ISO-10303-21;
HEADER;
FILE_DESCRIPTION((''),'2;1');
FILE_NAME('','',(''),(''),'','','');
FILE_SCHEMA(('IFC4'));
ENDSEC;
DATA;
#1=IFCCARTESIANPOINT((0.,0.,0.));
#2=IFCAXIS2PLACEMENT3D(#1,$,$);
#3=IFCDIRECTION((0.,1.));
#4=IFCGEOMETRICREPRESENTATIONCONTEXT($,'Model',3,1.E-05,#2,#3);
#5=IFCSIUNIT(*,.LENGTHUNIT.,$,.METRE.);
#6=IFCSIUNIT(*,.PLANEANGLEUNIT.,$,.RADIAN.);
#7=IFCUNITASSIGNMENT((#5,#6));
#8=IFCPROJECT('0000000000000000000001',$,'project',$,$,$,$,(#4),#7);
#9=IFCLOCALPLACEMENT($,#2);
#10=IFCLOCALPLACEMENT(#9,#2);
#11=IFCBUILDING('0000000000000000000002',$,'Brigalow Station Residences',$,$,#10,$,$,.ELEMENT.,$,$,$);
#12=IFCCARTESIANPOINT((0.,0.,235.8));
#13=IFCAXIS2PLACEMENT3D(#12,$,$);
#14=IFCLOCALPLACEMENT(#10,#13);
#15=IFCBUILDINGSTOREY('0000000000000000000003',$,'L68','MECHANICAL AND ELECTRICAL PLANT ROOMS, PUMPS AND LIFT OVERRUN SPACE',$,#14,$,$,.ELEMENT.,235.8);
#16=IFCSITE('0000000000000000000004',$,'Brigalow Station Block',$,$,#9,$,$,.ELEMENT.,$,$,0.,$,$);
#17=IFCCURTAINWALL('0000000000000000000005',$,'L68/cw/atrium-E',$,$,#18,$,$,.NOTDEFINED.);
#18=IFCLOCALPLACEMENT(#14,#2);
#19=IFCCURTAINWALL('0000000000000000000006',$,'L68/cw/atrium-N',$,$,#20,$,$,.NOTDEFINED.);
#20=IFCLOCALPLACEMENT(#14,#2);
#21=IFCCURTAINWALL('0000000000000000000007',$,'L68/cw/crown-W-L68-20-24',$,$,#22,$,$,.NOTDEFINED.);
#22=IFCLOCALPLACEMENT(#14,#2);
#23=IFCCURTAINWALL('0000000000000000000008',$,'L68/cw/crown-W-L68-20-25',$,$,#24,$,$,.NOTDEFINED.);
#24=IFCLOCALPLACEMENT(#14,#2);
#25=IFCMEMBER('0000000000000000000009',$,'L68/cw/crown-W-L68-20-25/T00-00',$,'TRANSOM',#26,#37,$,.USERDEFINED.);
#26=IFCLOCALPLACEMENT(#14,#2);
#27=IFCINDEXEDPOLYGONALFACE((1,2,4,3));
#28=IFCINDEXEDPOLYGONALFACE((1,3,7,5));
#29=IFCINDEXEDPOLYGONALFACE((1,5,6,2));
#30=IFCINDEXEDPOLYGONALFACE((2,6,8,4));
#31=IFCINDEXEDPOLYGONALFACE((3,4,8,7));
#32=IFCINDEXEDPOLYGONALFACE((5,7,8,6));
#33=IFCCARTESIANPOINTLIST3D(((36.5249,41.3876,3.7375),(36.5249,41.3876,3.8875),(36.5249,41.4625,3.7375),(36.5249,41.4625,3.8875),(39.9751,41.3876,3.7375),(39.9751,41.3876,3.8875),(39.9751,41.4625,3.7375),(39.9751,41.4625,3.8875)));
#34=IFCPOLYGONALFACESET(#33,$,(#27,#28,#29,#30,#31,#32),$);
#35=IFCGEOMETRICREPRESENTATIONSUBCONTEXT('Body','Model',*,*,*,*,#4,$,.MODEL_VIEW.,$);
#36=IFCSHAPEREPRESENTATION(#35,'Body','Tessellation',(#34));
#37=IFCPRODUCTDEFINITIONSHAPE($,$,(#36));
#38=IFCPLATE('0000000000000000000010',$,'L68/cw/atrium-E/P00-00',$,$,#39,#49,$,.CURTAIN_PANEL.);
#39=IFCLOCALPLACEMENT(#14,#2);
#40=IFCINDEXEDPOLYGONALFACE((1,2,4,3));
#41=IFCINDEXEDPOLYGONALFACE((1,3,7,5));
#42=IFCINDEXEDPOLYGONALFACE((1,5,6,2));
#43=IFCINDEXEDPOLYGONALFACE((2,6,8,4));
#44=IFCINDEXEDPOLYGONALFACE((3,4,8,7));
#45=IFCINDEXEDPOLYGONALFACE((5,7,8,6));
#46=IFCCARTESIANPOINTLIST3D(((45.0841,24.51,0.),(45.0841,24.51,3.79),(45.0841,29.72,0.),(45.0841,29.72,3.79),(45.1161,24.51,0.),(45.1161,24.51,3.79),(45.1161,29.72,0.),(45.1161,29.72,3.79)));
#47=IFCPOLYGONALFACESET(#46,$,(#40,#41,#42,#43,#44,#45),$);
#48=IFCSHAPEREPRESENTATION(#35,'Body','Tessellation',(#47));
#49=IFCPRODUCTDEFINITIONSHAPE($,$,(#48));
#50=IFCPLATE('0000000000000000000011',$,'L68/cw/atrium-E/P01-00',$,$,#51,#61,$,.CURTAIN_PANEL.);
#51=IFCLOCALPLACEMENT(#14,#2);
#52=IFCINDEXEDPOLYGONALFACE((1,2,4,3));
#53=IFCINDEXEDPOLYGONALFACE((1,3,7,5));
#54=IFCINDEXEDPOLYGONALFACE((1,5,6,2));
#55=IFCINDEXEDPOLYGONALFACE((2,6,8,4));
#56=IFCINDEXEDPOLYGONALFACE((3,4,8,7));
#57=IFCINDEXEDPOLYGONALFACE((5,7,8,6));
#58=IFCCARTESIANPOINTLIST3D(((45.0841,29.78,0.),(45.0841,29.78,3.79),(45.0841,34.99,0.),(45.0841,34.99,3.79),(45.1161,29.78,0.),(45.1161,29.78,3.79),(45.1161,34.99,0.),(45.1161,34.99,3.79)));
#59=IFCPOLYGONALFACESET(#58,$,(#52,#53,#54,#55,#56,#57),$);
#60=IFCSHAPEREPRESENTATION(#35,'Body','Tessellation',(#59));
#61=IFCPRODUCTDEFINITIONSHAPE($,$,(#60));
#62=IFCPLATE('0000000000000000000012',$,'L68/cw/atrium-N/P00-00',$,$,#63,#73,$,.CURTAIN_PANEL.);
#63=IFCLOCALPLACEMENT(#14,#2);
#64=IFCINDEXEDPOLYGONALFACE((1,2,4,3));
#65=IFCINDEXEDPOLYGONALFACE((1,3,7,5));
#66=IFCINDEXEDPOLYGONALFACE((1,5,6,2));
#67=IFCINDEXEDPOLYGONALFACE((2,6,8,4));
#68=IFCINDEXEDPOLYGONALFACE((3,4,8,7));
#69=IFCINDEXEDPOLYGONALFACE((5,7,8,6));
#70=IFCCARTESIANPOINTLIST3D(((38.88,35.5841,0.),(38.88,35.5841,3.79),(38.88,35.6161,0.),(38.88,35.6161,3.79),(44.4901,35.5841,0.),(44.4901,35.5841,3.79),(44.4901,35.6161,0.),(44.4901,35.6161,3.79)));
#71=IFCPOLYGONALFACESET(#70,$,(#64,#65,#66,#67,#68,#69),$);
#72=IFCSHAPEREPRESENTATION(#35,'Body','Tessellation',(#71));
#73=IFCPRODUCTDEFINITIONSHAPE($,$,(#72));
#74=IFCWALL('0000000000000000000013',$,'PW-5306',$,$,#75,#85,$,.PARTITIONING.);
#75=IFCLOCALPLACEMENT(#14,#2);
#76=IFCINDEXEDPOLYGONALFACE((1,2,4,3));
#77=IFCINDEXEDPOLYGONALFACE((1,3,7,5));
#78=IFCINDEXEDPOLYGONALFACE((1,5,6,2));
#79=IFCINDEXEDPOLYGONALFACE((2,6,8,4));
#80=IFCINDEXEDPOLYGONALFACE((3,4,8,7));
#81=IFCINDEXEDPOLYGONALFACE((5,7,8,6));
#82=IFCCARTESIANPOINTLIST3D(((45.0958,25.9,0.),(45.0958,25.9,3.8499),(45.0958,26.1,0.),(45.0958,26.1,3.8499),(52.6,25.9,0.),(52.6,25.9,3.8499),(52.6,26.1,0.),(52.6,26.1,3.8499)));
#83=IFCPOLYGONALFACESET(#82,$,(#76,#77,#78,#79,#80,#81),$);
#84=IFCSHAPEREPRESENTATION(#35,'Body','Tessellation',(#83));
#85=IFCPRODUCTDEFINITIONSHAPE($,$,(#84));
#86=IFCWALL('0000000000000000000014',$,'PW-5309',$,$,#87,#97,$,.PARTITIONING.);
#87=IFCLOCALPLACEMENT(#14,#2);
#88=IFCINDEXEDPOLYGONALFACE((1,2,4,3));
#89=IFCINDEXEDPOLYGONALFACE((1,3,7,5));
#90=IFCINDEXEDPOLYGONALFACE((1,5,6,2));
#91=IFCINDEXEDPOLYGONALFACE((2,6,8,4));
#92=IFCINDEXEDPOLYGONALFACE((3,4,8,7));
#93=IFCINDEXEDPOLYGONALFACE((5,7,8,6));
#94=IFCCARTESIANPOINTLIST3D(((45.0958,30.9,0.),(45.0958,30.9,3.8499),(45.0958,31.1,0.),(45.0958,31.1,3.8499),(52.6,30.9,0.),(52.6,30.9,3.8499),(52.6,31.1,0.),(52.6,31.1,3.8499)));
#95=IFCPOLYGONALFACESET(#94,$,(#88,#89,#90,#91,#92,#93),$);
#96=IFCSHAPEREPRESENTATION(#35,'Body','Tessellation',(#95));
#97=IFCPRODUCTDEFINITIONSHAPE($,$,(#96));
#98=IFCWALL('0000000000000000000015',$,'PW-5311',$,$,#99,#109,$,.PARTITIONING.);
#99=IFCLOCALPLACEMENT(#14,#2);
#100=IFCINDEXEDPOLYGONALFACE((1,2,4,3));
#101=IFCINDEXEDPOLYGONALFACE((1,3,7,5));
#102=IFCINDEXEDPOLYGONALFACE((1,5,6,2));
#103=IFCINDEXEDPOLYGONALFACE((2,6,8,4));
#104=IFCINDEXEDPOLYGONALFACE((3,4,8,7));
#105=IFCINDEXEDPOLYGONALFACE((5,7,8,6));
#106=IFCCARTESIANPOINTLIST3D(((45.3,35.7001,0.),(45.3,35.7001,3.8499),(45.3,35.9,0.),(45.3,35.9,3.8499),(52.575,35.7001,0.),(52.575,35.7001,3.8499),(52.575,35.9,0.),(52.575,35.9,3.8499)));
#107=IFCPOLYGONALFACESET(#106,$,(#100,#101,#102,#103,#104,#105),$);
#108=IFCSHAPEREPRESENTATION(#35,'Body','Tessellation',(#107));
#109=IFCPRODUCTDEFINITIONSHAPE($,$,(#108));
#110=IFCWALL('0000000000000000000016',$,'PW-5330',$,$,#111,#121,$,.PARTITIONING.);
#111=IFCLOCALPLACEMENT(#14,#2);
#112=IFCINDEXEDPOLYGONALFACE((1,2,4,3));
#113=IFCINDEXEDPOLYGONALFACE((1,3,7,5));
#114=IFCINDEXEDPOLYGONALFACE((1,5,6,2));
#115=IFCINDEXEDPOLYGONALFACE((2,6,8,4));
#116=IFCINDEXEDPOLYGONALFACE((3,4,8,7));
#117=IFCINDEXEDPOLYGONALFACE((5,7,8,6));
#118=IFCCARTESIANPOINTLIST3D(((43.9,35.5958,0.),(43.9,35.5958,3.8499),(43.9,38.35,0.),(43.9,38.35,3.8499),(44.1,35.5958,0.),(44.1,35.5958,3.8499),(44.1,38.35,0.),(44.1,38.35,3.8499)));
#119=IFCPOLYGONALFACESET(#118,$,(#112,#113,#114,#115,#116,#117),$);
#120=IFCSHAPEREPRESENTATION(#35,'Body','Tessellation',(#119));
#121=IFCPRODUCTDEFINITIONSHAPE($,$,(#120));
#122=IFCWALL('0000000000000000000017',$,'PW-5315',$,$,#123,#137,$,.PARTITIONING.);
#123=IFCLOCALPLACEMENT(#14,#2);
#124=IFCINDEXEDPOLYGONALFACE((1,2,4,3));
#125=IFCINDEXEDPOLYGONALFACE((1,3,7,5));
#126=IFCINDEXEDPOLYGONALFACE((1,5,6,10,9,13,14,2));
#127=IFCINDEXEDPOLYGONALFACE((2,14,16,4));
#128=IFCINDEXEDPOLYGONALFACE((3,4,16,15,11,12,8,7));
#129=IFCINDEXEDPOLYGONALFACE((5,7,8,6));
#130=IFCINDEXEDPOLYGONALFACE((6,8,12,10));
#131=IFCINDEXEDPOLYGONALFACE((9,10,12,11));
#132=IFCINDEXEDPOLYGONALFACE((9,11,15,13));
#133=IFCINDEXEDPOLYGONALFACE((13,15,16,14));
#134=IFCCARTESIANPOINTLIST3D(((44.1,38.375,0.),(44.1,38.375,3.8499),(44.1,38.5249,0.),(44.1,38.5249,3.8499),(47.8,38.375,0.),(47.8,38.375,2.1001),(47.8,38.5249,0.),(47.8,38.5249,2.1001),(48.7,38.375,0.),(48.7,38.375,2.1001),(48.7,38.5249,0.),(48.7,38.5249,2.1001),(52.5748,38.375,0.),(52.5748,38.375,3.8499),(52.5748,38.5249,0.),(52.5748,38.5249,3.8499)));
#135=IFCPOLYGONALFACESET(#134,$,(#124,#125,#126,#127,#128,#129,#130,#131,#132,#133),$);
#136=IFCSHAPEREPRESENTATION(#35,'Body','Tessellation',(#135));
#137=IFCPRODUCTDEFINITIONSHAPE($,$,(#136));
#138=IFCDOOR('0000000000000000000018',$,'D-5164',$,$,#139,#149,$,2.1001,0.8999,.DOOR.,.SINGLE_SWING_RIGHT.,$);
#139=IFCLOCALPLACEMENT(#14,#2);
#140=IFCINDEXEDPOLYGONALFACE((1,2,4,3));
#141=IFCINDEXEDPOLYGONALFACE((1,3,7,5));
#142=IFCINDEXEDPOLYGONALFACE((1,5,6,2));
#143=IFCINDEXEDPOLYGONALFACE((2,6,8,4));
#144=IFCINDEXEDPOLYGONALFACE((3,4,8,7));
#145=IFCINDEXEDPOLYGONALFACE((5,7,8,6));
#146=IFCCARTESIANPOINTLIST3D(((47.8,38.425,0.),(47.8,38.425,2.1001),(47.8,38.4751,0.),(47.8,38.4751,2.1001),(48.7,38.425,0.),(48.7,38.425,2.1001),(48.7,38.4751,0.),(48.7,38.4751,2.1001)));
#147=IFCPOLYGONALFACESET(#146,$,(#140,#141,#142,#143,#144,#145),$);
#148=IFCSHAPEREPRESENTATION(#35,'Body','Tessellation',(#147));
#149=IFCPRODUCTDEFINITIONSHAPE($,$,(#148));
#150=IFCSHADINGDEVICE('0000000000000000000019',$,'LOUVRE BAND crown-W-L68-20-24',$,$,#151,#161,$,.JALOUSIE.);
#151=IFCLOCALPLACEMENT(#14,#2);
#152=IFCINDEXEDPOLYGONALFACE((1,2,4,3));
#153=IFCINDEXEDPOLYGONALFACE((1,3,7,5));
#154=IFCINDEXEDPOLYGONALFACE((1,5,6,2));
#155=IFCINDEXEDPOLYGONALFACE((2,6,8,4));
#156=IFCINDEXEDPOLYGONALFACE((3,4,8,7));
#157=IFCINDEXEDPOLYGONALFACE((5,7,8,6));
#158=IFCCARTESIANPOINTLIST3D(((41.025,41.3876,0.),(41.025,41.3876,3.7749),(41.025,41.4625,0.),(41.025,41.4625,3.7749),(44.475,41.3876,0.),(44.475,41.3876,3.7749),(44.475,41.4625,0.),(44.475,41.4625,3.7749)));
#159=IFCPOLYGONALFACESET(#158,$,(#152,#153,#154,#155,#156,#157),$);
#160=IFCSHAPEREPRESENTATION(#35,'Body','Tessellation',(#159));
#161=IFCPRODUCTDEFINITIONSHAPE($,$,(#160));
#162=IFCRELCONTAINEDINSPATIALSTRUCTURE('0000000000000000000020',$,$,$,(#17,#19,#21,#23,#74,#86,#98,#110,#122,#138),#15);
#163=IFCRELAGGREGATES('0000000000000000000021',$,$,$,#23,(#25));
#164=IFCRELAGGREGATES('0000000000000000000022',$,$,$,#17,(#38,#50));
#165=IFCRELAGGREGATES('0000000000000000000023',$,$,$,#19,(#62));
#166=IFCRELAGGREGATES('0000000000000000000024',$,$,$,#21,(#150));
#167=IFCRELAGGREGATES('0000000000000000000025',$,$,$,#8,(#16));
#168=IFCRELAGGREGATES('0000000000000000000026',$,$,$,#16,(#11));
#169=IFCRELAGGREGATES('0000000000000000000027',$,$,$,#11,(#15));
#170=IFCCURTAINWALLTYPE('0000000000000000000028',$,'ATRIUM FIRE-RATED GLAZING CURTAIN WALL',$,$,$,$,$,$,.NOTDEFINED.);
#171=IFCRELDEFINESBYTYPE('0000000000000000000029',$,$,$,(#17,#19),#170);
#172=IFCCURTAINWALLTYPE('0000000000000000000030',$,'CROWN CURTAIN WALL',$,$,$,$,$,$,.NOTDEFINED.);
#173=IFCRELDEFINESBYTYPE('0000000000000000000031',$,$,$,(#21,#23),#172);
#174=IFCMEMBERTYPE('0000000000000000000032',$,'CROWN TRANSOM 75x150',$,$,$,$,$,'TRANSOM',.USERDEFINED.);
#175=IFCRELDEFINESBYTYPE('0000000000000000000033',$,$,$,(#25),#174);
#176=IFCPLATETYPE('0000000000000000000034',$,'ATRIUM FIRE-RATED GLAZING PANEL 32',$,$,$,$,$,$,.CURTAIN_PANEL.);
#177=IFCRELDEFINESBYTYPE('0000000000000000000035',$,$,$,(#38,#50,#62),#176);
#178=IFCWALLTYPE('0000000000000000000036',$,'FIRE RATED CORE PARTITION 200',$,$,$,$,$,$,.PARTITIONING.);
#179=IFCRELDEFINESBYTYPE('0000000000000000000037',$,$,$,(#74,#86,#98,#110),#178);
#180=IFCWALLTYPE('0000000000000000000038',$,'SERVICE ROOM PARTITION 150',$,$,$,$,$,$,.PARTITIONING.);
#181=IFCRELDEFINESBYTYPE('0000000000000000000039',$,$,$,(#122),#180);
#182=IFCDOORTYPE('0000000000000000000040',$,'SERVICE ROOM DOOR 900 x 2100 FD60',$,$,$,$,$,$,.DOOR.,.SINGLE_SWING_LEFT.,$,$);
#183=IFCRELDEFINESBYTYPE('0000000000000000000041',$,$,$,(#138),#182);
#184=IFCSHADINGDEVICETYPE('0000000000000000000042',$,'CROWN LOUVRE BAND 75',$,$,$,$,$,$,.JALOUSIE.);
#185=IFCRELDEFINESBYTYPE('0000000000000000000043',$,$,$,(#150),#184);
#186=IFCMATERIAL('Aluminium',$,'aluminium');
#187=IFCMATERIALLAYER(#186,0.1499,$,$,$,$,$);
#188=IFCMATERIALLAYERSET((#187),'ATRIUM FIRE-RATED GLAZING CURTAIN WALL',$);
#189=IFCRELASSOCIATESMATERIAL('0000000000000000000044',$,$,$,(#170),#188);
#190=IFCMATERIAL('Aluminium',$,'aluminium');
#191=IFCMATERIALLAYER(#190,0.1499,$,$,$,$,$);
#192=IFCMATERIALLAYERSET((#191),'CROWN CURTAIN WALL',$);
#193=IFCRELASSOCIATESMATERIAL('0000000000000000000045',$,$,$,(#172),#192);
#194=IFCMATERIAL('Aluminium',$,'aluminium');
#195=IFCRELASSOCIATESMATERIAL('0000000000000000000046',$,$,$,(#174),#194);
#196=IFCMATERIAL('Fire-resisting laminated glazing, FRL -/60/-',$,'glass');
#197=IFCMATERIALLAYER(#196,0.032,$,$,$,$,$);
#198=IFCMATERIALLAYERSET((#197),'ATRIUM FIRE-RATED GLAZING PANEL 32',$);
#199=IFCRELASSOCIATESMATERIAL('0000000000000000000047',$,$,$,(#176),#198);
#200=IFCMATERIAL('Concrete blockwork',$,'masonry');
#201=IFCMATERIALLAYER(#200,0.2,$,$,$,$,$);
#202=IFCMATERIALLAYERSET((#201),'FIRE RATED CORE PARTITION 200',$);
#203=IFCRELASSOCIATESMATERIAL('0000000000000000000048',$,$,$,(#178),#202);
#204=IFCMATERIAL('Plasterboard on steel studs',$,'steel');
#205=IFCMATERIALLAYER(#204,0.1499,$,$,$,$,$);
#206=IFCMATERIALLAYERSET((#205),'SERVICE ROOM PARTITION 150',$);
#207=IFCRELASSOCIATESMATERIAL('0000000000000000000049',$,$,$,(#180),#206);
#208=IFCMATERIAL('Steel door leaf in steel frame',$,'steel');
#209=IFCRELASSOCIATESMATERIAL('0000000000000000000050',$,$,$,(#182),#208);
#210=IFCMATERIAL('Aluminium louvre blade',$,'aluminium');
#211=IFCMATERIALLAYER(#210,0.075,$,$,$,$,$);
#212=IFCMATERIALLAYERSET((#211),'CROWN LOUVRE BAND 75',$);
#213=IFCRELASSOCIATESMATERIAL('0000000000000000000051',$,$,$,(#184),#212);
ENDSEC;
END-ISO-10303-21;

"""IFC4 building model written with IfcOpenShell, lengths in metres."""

from ifc_helpers import new_model, si_unit, direction, frame, frame_2d, origin, origin_2d, place, context, subcontext, project, spatial, rectangle, extrude, material, layer, layer_set, material_profile, profile_set, type_object, element, fill, aggregate, save


model = new_model("IFC4")

# Units and contexts
model_context = context("Model", 3, precision=1e-05, world=origin(), true_north=direction((0.0, 1.0)))
body_context = subcontext(model_context, "Body", "Model", "MODEL_VIEW")
ifc_project = project(units=[si_unit("LENGTHUNIT", "METRE"), si_unit("PLANEANGLEUNIT", "RADIAN")], contexts=[model_context])

# Site, building, storey
site_placement = place(None, origin())
site = spatial("IfcSite", under=ifc_project, at=site_placement, Name="Brigalow Station Block", CompositionType="ELEMENT", RefElevation=0.0)
building_placement = place(site_placement, origin())
building = spatial("IfcBuilding", under=site, at=building_placement, Name="Brigalow Station Residences", CompositionType="ELEMENT")
storey_placement = place(building_placement, frame((0.0, 0.0, 235.8)))
storey = spatial("IfcBuildingStorey", under=building, at=storey_placement, Name="L68", Description="MECHANICAL AND ELECTRICAL PLANT ROOMS, PUMPS AND LIFT OVERRUN SPACE", CompositionType="ELEMENT", Elevation=235.8)

# Curtain walls
ifc_material_1 = material(Name="Aluminium", Category="aluminium")
ifc_layer_1 = layer(ifc_material_1, 0.1499)
ifc_layer_set_1 = layer_set([ifc_layer_1], Name="ATRIUM FIRE-RATED GLAZING CURTAIN WALL")
curtain_wall_type_1 = type_object("IfcCurtainWallType", Name="ATRIUM FIRE-RATED GLAZING CURTAIN WALL", PredefinedType="NOTDEFINED", material=ifc_layer_set_1)
curtain_wall_1_placement = place(storey_placement, origin())
curtain_wall_1 = element("IfcCurtainWall", 1, at=curtain_wall_1_placement, inside=storey, type_object=curtain_wall_type_1, Name="L68/cw/atrium-E", PredefinedType="NOTDEFINED")
curtain_wall_2_placement = place(storey_placement, origin())
curtain_wall_2 = element("IfcCurtainWall", 2, at=curtain_wall_2_placement, inside=storey, type_object=curtain_wall_type_1, Name="L68/cw/atrium-N", PredefinedType="NOTDEFINED")

# Curtain wall
ifc_material_2 = material(Name="Aluminium", Category="aluminium")
ifc_layer_2 = layer(ifc_material_2, 0.1499)
ifc_layer_set_2 = layer_set([ifc_layer_2], Name="CROWN CURTAIN WALL")
curtain_wall_type_2 = type_object("IfcCurtainWallType", Name="CROWN CURTAIN WALL", PredefinedType="NOTDEFINED", material=ifc_layer_set_2)
curtain_wall_3_placement = place(storey_placement, origin())
curtain_wall_3 = element("IfcCurtainWall", 3, at=curtain_wall_3_placement, inside=storey, type_object=curtain_wall_type_2, Name="L68/cw/crown-W-L68-20-24", PredefinedType="NOTDEFINED")

# Curtain wall
curtain_wall_4_placement = place(storey_placement, origin())
curtain_wall_4 = element("IfcCurtainWall", 4, at=curtain_wall_4_placement, inside=storey, type_object=curtain_wall_type_2, Name="L68/cw/crown-W-L68-20-25", PredefinedType="NOTDEFINED")

# Member
ifc_material_3 = material(Name="Aluminium", Category="aluminium")
ifc_material_profile_1 = material_profile(ifc_material_3, rectangle(XDim=0.075, YDim=0.1499, at=origin_2d()), Name="CROWN TRANSOM 75x150")
ifc_profile_set_1 = profile_set([ifc_material_profile_1], Name="Aluminium")
member_type_1 = type_object("IfcMemberType", Name="CROWN TRANSOM 75x150", ElementType="TRANSOM", PredefinedType="USERDEFINED", material=ifc_profile_set_1)
member_1_placement = place(storey_placement, frame((39.9751, 41.425, 3.8125), z_axis=(-1.0, 0.0, 0.0), x_axis=(0.0, -1.0, 0.0)))
member_1 = element("IfcMember", 5, at=member_1_placement, type_object=member_type_1, Name="L68/cw/crown-W-L68-20-25/T00-00", ObjectType="TRANSOM", PredefinedType="USERDEFINED", context=body_context, shape_type="SweptSolid", body=[
    extrude(rectangle(XDim=0.075, YDim=0.1499, at=origin_2d()), origin(), (0.0, 0.0, 1.0), 3.4502),
])
aggregate(curtain_wall_4, [member_1])

# Plates
ifc_material_4 = material(Name="Fire-resisting laminated glazing, FRL -/60/-", Category="glass")
ifc_layer_3 = layer(ifc_material_4, 0.032)
ifc_layer_set_3 = layer_set([ifc_layer_3], Name="ATRIUM FIRE-RATED GLAZING PANEL 32")
plate_type = type_object("IfcPlateType", Name="ATRIUM FIRE-RATED GLAZING PANEL 32", PredefinedType="CURTAIN_PANEL", material=ifc_layer_set_3)
plate_1_placement = place(storey_placement, frame((45.1001, 27.115, 0.0), z_axis=(0.0, 0.0, 1.0), x_axis=(0.0, 1.0, 0.0)))
plate_1 = element("IfcPlate", 6, at=plate_1_placement, type_object=plate_type, Name="L68/cw/atrium-E/P00-00", PredefinedType="CURTAIN_PANEL", context=body_context, shape_type="SweptSolid", body=[
    extrude(rectangle(XDim=5.21, YDim=0.032, at=origin_2d()), origin(), (0.0, 0.0, 1.0), 3.79),
])
plate_2_placement = place(storey_placement, frame((45.1001, 32.385, 0.0), z_axis=(0.0, 0.0, 1.0), x_axis=(0.0, 1.0, 0.0)))
plate_2 = element("IfcPlate", 7, at=plate_2_placement, type_object=plate_type, Name="L68/cw/atrium-E/P01-00", PredefinedType="CURTAIN_PANEL", context=body_context, shape_type="SweptSolid", body=[
    extrude(rectangle(XDim=5.21, YDim=0.032, at=origin_2d()), origin(), (0.0, 0.0, 1.0), 3.79),
])
aggregate(curtain_wall_1, [plate_1, plate_2])
plate_3_placement = place(storey_placement, frame((41.6851, 35.6001, 0.0), z_axis=(0.0, 0.0, 1.0), x_axis=(-1.0, 0.0, 0.0)))
plate_3 = element("IfcPlate", 8, at=plate_3_placement, type_object=plate_type, Name="L68/cw/atrium-N/P00-00", PredefinedType="CURTAIN_PANEL", context=body_context, shape_type="SweptSolid", body=[
    extrude(rectangle(XDim=5.6101, YDim=0.032, at=origin_2d()), origin(), (0.0, 0.0, 1.0), 3.79),
])
aggregate(curtain_wall_2, [plate_3])

# Walls
ifc_material_5 = material(Name="Concrete blockwork", Category="masonry")
ifc_layer_4 = layer(ifc_material_5, 0.2)
ifc_layer_set_4 = layer_set([ifc_layer_4], Name="FIRE RATED CORE PARTITION 200")
wall_type_1 = type_object("IfcWallType", Name="FIRE RATED CORE PARTITION 200", PredefinedType="PARTITIONING", material=ifc_layer_set_4)
for number, where, z_axis, x_axis, name in (
    (9, (45.0959, 26.0, 0.0), (0.0, 0.0, 1.0), (1.0, 0.0, 0.0), "PW-5306"),
    (10, (45.0959, 31.0, 0.0), (0.0, 0.0, 1.0), (1.0, 0.0, 0.0), "PW-5309"),
):
    element("IfcWall", number, at=place(storey_placement, frame(where, z_axis=z_axis, x_axis=x_axis)), inside=storey, type_object=wall_type_1, Name=name, PredefinedType="PARTITIONING", context=body_context, shape_type="SweptSolid", body=[
        extrude(rectangle(XDim=7.5042, YDim=0.2, at=frame_2d((3.752, 0.0))), origin(), (0.0, 0.0, 1.0), 3.8499),
    ])
wall_1_placement = place(storey_placement, frame((45.3, 35.8, 0.0), z_axis=(0.0, 0.0, 1.0), x_axis=(1.0, 0.0, 0.0)))
element("IfcWall", 11, at=wall_1_placement, inside=storey, type_object=wall_type_1, Name="PW-5311", PredefinedType="PARTITIONING", context=body_context, shape_type="SweptSolid", body=[
    extrude(rectangle(XDim=7.2749, YDim=0.2, at=frame_2d((3.6375, 0.0))), origin(), (0.0, 0.0, 1.0), 3.8499),
])
wall_2_placement = place(storey_placement, frame((44.0, 35.5959, 0.0), z_axis=(0.0, 0.0, 1.0), x_axis=(0.0, 1.0, 0.0)))
element("IfcWall", 12, at=wall_2_placement, inside=storey, type_object=wall_type_1, Name="PW-5330", PredefinedType="PARTITIONING", context=body_context, shape_type="SweptSolid", body=[
    extrude(rectangle(XDim=2.7542, YDim=0.2, at=frame_2d((1.377, 0.0))), origin(), (0.0, 0.0, 1.0), 3.8499),
])

# Wall, opening, door
ifc_material_6 = material(Name="Plasterboard on steel studs", Category="steel")
ifc_layer_5 = layer(ifc_material_6, 0.1499)
ifc_layer_set_5 = layer_set([ifc_layer_5], Name="SERVICE ROOM PARTITION 150")
wall_type_2 = type_object("IfcWallType", Name="SERVICE ROOM PARTITION 150", PredefinedType="PARTITIONING", material=ifc_layer_set_5)
wall_3_placement = place(storey_placement, frame((44.1001, 38.45, 0.0), z_axis=(0.0, 0.0, 1.0), x_axis=(1.0, 0.0, 0.0)))
wall_3 = element("IfcWall", 13, at=wall_3_placement, inside=storey, type_object=wall_type_2, Name="PW-5315", PredefinedType="PARTITIONING", context=body_context, shape_type="SweptSolid", body=[
    extrude(rectangle(XDim=8.4749, YDim=0.1499, at=frame_2d((4.2373, 0.0))), origin(), (0.0, 0.0, 1.0), 3.8499),
])
opening_placement = place(wall_3_placement, frame((3.7, 0.0, 0.0)))
opening = element("IfcOpeningElement", 14, at=opening_placement, cuts=wall_3, PredefinedType="OPENING", context=body_context, shape_type="SweptSolid", body=[
    extrude(rectangle(XDim=0.8999, YDim=2.1001, at=frame_2d((0.45, 1.05))), frame((0.0, 0.085, 0.0), z_axis=(0.0, -1.0, 0.0), x_axis=(1.0, 0.0, 0.0)), (0.0, 0.0, 1.0), 0.1699),
])
ifc_material_7 = material(Name="Steel door leaf in steel frame", Category="steel")
door_type = type_object("IfcDoorType", Name="SERVICE ROOM DOOR 900 x 2100 FD60", OperationType="SINGLE_SWING_LEFT", PredefinedType="DOOR", material=ifc_material_7)
door_placement = place(opening_placement, frame((0.8999, 0.0, 0.0), z_axis=(0.0, 0.0, 1.0), x_axis=(-1.0, 0.0, 0.0)))
door = element("IfcDoor", 15, at=door_placement, inside=storey, type_object=door_type, Name="D-5164", OperationType="SINGLE_SWING_RIGHT", OverallHeight=2.1001, OverallWidth=0.8999, PredefinedType="DOOR", context=body_context, shape_type="SweptSolid", body=[
    extrude(rectangle(XDim=0.8999, YDim=2.1001, at=frame_2d((0.45, 1.05))), frame((0.0, 0.0249, 0.0), z_axis=(0.0, -1.0, 0.0), x_axis=(1.0, 0.0, 0.0)), (0.0, 0.0, 1.0), 0.05),
])
fill(opening, door)

# Shading device
ifc_material_8 = material(Name="Aluminium louvre blade", Category="aluminium")
ifc_layer_6 = layer(ifc_material_8, 0.075)
ifc_layer_set_6 = layer_set([ifc_layer_6], Name="CROWN LOUVRE BAND 75")
shading_device_type = type_object("IfcShadingDeviceType", Name="CROWN LOUVRE BAND 75", PredefinedType="JALOUSIE", material=ifc_layer_set_6)
shading_device_placement = place(storey_placement, frame((42.75, 41.425, 0.0), z_axis=(0.0, 0.0, 1.0), x_axis=(-1.0, 0.0, 0.0)))
shading_device = element("IfcShadingDevice", 16, at=shading_device_placement, type_object=shading_device_type, Name="LOUVRE BAND crown-W-L68-20-24", PredefinedType="JALOUSIE", context=body_context, shape_type="SweptSolid", body=[
    extrude(rectangle(XDim=3.45, YDim=0.075, at=origin_2d()), origin(), (0.0, 0.0, 1.0), 3.7749),
])
aggregate(curtain_wall_3, [shading_device])

save(model, "model.ifc")
